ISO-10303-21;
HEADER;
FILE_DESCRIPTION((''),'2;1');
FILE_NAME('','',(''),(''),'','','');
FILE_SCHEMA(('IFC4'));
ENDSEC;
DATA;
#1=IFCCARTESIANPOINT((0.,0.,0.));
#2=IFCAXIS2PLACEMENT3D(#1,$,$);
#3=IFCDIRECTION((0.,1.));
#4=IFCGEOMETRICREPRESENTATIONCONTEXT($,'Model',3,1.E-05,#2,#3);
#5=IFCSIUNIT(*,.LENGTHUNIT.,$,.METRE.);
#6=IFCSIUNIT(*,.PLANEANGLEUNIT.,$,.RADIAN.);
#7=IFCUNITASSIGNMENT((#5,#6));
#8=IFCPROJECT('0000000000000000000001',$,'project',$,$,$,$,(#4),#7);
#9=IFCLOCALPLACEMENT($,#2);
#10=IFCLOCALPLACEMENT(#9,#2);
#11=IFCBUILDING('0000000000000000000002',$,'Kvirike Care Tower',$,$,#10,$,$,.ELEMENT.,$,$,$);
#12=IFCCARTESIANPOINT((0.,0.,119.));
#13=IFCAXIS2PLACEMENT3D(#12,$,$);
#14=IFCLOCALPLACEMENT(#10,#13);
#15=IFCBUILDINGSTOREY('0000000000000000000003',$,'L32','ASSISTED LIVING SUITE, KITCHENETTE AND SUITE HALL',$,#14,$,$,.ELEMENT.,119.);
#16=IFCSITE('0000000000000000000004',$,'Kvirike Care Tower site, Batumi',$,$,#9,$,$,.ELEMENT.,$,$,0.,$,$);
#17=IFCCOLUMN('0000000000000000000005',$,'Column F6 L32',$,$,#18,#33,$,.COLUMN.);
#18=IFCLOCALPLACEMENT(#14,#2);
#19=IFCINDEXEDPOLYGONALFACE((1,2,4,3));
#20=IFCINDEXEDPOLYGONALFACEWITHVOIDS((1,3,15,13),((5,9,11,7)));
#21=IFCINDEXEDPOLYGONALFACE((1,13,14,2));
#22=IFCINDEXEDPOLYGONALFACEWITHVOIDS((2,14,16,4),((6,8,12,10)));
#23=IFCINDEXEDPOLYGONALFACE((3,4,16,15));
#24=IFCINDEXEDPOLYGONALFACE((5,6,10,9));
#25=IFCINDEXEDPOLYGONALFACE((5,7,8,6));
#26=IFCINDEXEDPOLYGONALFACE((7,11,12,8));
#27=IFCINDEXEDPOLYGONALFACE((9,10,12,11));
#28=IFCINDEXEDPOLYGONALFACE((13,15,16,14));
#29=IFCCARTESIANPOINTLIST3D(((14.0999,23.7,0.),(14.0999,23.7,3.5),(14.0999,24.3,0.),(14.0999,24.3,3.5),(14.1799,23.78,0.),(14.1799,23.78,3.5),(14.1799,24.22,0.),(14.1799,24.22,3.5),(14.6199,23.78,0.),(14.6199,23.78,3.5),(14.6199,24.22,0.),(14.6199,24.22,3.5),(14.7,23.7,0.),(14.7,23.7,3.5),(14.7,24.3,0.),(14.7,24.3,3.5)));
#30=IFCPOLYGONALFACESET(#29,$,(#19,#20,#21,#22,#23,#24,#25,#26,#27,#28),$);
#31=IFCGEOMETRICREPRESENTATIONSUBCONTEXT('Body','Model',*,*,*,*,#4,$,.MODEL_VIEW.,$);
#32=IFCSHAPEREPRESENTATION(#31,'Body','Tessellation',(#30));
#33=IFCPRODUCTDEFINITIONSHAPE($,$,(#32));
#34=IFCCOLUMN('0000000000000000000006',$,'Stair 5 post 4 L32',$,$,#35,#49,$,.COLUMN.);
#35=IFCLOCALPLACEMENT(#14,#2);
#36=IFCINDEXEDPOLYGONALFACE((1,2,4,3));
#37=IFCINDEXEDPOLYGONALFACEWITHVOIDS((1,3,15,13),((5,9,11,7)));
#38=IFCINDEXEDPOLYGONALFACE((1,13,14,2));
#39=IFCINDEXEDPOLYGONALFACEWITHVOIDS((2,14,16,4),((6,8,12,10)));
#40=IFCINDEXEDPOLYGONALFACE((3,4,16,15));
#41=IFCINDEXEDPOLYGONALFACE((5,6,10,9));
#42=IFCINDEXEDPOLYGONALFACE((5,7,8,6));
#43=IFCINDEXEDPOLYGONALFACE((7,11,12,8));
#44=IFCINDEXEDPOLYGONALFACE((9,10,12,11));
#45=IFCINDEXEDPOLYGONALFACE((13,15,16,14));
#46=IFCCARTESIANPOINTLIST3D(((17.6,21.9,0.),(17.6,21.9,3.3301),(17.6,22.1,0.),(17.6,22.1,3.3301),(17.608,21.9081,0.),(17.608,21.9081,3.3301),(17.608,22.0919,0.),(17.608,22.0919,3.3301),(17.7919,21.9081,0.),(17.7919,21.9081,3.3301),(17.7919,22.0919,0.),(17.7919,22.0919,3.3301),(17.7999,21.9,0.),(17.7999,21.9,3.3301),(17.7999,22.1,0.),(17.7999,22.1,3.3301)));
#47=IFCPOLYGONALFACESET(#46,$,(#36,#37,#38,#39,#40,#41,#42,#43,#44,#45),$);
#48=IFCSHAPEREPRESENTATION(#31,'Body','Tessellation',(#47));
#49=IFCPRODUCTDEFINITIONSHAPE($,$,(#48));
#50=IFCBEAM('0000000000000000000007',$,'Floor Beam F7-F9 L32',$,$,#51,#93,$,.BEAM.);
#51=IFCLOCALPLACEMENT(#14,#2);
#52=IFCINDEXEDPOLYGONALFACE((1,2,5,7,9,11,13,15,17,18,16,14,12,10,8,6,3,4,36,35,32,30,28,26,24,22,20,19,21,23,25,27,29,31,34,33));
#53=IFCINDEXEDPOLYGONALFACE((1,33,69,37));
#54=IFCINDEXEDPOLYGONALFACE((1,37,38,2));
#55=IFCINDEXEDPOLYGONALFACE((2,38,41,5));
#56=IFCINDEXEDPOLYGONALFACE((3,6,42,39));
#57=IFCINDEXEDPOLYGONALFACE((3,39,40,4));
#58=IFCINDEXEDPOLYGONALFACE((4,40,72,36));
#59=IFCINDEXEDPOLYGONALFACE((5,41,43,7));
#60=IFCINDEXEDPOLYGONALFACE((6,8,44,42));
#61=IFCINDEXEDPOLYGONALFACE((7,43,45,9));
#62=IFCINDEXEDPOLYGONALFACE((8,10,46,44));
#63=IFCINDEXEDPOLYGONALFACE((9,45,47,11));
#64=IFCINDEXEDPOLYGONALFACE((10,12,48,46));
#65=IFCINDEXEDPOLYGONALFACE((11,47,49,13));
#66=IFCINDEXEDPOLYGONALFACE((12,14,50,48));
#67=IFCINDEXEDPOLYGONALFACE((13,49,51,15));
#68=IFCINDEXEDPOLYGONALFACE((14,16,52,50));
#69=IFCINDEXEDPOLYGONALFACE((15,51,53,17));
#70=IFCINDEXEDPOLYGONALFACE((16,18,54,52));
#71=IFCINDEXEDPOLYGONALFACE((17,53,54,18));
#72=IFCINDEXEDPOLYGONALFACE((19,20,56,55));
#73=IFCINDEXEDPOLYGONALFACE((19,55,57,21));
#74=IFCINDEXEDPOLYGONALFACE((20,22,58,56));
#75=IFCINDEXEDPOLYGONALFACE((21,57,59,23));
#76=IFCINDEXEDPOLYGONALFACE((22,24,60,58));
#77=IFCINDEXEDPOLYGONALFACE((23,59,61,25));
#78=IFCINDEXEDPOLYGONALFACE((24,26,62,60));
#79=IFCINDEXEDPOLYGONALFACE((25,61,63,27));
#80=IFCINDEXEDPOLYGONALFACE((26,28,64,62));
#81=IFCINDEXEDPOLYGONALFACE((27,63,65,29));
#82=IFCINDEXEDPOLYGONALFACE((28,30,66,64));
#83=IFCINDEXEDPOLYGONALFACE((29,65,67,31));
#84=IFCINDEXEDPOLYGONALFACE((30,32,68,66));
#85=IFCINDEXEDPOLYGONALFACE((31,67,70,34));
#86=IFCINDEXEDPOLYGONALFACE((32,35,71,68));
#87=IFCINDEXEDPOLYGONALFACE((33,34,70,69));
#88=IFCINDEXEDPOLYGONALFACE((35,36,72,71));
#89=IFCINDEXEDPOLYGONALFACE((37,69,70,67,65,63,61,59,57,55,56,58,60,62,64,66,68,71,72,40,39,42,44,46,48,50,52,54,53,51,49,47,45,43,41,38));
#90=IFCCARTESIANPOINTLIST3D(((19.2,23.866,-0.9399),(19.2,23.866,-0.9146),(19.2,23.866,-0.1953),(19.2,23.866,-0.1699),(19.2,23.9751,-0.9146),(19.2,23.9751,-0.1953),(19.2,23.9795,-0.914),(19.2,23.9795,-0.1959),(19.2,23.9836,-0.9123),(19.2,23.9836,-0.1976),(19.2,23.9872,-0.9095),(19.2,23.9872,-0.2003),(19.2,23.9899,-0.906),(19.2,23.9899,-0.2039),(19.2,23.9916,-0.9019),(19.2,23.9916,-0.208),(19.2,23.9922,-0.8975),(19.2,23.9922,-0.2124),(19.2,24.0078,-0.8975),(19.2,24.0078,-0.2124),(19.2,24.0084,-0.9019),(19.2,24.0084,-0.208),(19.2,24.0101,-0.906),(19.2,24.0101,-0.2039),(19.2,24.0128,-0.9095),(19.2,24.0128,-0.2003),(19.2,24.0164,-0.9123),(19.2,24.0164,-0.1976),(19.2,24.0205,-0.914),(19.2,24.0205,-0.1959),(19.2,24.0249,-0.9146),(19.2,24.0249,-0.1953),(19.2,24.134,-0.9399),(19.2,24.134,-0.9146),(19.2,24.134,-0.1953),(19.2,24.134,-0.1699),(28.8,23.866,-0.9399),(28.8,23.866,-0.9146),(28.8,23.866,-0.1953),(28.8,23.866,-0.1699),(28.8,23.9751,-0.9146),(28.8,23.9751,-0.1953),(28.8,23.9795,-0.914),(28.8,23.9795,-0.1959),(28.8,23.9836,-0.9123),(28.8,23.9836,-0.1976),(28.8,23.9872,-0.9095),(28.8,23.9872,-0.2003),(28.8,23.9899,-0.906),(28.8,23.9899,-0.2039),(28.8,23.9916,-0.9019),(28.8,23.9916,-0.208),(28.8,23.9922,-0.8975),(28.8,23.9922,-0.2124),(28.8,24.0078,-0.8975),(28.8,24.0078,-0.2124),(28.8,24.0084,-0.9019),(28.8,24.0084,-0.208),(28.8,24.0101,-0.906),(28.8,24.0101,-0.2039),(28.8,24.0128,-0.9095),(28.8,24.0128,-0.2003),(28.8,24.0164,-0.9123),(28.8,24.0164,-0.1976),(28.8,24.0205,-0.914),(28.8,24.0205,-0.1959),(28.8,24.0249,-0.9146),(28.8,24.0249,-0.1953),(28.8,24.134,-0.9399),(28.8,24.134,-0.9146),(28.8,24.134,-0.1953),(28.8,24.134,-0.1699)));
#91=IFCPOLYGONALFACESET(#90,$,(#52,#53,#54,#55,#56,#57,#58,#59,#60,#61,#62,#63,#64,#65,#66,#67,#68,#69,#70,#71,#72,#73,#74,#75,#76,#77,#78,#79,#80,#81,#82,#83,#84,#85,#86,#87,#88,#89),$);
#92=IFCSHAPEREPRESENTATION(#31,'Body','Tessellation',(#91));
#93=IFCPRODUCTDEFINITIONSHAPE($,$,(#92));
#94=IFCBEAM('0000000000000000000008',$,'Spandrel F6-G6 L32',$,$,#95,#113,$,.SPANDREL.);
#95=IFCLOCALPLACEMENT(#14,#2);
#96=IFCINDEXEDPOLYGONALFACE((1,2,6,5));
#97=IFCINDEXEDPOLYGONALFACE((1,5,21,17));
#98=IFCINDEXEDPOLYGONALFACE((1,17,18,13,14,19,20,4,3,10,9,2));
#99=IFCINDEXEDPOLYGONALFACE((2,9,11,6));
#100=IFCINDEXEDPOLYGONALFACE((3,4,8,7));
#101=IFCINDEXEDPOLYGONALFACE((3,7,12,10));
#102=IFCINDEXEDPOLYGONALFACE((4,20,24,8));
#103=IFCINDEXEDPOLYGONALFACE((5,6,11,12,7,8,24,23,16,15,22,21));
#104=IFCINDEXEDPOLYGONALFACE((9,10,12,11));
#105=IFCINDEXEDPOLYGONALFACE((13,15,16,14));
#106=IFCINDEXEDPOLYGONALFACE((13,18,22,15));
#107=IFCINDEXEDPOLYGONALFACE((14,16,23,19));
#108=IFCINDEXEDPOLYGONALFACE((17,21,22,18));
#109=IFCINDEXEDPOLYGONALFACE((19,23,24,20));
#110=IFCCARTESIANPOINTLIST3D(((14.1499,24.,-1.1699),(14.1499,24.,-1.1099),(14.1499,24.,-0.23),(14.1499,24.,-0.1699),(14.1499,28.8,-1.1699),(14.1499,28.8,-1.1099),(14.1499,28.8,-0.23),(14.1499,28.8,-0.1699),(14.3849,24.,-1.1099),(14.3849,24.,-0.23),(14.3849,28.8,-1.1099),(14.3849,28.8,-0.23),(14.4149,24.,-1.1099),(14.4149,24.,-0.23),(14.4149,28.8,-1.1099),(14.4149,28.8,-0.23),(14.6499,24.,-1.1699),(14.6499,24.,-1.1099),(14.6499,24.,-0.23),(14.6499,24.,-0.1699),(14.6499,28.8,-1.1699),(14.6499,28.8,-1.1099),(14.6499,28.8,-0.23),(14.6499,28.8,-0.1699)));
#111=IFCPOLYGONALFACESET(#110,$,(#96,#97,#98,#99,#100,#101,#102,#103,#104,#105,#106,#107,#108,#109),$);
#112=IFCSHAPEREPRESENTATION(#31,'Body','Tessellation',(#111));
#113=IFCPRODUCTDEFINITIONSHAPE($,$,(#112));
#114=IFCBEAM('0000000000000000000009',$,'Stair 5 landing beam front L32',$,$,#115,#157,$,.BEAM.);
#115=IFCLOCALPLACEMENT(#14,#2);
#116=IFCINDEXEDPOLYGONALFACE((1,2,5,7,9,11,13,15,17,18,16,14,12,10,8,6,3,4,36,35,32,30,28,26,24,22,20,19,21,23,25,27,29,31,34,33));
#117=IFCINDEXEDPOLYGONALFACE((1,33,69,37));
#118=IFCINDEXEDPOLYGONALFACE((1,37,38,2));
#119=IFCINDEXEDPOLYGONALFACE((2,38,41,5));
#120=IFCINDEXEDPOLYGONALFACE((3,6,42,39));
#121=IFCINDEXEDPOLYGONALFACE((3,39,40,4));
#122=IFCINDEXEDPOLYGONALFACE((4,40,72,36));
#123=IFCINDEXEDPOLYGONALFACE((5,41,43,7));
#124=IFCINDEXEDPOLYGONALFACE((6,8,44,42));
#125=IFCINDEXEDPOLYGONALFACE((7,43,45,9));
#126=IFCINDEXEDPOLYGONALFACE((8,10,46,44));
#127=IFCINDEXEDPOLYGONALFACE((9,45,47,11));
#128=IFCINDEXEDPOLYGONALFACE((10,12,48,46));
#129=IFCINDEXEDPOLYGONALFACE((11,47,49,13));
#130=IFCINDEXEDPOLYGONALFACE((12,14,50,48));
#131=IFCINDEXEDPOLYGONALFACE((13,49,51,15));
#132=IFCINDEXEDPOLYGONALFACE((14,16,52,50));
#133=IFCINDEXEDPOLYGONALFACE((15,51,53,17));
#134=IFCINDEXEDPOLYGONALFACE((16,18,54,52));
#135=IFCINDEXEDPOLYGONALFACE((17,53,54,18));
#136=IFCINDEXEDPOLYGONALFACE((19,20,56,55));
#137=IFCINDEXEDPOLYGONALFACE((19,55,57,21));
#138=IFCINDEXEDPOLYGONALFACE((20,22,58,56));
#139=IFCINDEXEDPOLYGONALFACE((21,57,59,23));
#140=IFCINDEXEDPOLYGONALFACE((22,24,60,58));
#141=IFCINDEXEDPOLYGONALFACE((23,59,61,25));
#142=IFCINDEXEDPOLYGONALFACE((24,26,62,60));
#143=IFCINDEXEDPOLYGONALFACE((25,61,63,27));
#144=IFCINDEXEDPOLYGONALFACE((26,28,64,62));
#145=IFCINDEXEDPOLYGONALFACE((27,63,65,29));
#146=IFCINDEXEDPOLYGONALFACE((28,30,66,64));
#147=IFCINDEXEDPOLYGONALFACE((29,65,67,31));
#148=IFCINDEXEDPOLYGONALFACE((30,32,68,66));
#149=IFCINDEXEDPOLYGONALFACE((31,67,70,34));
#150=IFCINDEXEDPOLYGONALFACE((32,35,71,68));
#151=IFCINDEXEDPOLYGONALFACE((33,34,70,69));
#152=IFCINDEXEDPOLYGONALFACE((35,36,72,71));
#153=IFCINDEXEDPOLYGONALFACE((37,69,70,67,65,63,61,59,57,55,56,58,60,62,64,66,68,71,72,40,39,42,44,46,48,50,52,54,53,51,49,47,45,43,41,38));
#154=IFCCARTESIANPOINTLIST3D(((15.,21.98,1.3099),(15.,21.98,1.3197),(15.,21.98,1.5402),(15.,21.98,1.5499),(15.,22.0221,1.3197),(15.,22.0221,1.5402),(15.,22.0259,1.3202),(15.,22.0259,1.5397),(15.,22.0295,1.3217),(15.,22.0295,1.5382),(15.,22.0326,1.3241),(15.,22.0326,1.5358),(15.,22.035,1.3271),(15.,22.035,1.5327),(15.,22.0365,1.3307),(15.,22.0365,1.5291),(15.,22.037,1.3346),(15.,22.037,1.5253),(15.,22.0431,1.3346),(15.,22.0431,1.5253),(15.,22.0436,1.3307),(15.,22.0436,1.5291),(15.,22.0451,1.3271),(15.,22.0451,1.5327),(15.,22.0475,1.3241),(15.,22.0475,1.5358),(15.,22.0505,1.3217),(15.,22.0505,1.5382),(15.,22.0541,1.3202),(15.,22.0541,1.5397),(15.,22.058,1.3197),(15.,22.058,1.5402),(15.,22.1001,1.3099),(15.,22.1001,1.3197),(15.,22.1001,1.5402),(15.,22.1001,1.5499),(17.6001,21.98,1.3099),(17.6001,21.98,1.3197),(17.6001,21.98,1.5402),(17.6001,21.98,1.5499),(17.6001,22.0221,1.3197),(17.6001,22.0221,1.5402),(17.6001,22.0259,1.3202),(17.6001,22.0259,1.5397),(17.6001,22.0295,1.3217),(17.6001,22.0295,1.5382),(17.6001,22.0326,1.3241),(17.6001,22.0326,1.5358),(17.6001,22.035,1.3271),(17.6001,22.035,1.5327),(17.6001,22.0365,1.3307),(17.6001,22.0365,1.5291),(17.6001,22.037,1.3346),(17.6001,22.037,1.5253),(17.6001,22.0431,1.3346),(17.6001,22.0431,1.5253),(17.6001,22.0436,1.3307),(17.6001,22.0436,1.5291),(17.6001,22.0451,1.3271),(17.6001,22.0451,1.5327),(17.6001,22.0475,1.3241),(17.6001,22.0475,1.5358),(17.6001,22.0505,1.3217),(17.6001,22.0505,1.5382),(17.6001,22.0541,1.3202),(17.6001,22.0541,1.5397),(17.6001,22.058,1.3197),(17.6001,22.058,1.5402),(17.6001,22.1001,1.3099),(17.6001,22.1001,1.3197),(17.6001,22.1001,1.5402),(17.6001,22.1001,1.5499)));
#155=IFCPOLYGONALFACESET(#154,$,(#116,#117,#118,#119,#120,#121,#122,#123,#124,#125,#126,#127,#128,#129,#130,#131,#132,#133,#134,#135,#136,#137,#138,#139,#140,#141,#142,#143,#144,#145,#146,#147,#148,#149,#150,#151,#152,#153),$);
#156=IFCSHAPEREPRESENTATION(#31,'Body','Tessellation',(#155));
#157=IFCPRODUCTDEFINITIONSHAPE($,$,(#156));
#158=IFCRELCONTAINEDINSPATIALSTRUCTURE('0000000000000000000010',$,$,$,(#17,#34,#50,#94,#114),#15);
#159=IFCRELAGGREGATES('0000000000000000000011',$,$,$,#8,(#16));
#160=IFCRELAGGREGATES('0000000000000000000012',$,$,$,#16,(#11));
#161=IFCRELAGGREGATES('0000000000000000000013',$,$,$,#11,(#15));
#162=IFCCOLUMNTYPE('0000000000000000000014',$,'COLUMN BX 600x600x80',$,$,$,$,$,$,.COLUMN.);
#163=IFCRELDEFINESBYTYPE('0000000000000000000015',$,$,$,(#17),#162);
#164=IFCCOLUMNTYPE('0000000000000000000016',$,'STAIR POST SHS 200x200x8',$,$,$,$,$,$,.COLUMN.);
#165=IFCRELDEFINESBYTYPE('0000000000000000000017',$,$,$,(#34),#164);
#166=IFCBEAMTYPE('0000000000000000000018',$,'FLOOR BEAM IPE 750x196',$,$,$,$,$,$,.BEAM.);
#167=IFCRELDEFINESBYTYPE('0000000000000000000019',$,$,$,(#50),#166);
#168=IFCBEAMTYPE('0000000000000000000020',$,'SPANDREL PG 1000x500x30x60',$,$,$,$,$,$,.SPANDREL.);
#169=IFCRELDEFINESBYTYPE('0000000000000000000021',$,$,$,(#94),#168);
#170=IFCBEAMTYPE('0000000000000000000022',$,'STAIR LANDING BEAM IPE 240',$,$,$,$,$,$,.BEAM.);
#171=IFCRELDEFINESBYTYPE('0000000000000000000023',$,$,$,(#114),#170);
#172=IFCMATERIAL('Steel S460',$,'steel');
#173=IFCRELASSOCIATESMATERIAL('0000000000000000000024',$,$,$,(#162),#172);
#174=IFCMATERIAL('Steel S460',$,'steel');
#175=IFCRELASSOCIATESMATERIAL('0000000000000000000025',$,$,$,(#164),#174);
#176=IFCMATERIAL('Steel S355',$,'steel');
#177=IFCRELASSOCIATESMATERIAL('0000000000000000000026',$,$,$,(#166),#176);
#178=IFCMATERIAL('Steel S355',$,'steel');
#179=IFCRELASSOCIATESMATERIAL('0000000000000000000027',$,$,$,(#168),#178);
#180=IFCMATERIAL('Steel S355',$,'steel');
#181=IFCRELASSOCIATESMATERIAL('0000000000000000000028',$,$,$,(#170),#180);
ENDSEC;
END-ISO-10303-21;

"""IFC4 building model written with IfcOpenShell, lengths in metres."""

from ifc_helpers import new_model, si_unit, direction, frame, origin, origin_2d, place, context, subcontext, project, spatial, hollow_rectangle, i_section, extrude, material, material_profile, profile_set, type_object, element, save


model = new_model("IFC4")

# Units and contexts
model_context = context("Model", 3, precision=1e-05, world=origin(), true_north=direction((0.0, 1.0)))
body_context = subcontext(model_context, "Body", "Model", "MODEL_VIEW")
ifc_project = project(units=[si_unit("LENGTHUNIT", "METRE"), si_unit("PLANEANGLEUNIT", "RADIAN")], contexts=[model_context])

# Site, building, storey
site_placement = place(None, origin())
site = spatial("IfcSite", under=ifc_project, at=site_placement, Name="Kvirike Care Tower site, Batumi", CompositionType="ELEMENT", RefElevation=0.0)
building_placement = place(site_placement, origin())
building = spatial("IfcBuilding", under=site, at=building_placement, Name="Kvirike Care Tower", CompositionType="ELEMENT")
storey_placement = place(building_placement, frame((0.0, 0.0, 119.0)))
storey = spatial("IfcBuildingStorey", under=building, at=storey_placement, Name="L32", Description="ASSISTED LIVING SUITE, KITCHENETTE AND SUITE HALL", CompositionType="ELEMENT", Elevation=119.0)

# Columns
ifc_material_1 = material(Name="Steel S460", Category="steel")
ifc_material_profile_1 = material_profile(ifc_material_1, hollow_rectangle(XDim=0.6001, YDim=0.6001, WallThickness=0.0801, at=origin_2d()), Name="BX 600x600x80")
ifc_profile_set_1 = profile_set([ifc_material_profile_1], Name="Steel S460")
column_type_1 = type_object("IfcColumnType", Name="COLUMN BX 600x600x80", PredefinedType="COLUMN", material=ifc_profile_set_1)
column_1_placement = place(storey_placement, frame((14.3999, 24.0, 0.0), z_axis=(0.0, 0.0, 1.0), x_axis=(1.0, 0.0, 0.0)))
element("IfcColumn", 1, at=column_1_placement, inside=storey, type_object=column_type_1, Name="Column F6 L32", PredefinedType="COLUMN", context=body_context, shape_type="SweptSolid", body=[
    extrude(hollow_rectangle(XDim=0.6001, YDim=0.6001, WallThickness=0.0801, at=origin_2d()), origin(), (0.0, 0.0, 1.0), 3.5),
])
ifc_material_2 = material(Name="Steel S460", Category="steel")
ifc_material_profile_2 = material_profile(ifc_material_2, hollow_rectangle(XDim=0.2, YDim=0.2, WallThickness=0.0081, at=origin_2d()), Name="SHS 200x200x8")
ifc_profile_set_2 = profile_set([ifc_material_profile_2], Name="Steel S460")
column_type_2 = type_object("IfcColumnType", Name="STAIR POST SHS 200x200x8", PredefinedType="COLUMN", material=ifc_profile_set_2)
column_2_placement = place(storey_placement, frame((17.7, 22.0, 0.0), z_axis=(0.0, 0.0, 1.0), x_axis=(1.0, 0.0, 0.0)))
element("IfcColumn", 2, at=column_2_placement, inside=storey, type_object=column_type_2, Name="Stair 5 post 4 L32", PredefinedType="COLUMN", context=body_context, shape_type="SweptSolid", body=[
    extrude(hollow_rectangle(XDim=0.2, YDim=0.2, WallThickness=0.0081, at=origin_2d()), origin(), (0.0, 0.0, 1.0), 3.3301),
])

# Beams
ifc_material_3 = material(Name="Steel S355", Category="steel")
ifc_material_profile_3 = material_profile(ifc_material_3, i_section(OverallWidth=0.2681, OverallDepth=0.77, WebThickness=0.0156, FlangeThickness=0.0254, FilletRadius=0.0171, at=origin_2d()), Name="IPE 750x196")
ifc_profile_set_3 = profile_set([ifc_material_profile_3], Name="Steel S355")
beam_type_1 = type_object("IfcBeamType", Name="FLOOR BEAM IPE 750x196", PredefinedType="BEAM", material=ifc_profile_set_3)
beam_1_placement = place(storey_placement, frame((19.2, 24.0, -0.5549), z_axis=(1.0, 0.0, 0.0), x_axis=(0.0, 1.0, 0.0)))
element("IfcBeam", 3, at=beam_1_placement, inside=storey, type_object=beam_type_1, Name="Floor Beam F7-F9 L32", PredefinedType="BEAM", context=body_context, shape_type="SweptSolid", body=[
    extrude(i_section(OverallWidth=0.2681, OverallDepth=0.77, WebThickness=0.0156, FlangeThickness=0.0254, FilletRadius=0.0171, at=origin_2d()), origin(), (0.0, 0.0, 1.0), 9.6001),
])
ifc_material_4 = material(Name="Steel S355", Category="steel")
ifc_material_profile_4 = material_profile(ifc_material_4, i_section(OverallWidth=0.5, OverallDepth=1.0, WebThickness=0.03, FlangeThickness=0.0601, at=origin_2d()), Name="PG 1000x500x30x60")
ifc_profile_set_4 = profile_set([ifc_material_profile_4], Name="Steel S355")
beam_type_2 = type_object("IfcBeamType", Name="SPANDREL PG 1000x500x30x60", PredefinedType="SPANDREL", material=ifc_profile_set_4)
beam_2_placement = place(storey_placement, frame((14.3999, 24.0, -0.6699), z_axis=(0.0, 1.0, 0.0), x_axis=(-1.0, 0.0, 0.0)))
element("IfcBeam", 4, at=beam_2_placement, inside=storey, type_object=beam_type_2, Name="Spandrel F6-G6 L32", PredefinedType="SPANDREL", context=body_context, shape_type="SweptSolid", body=[
    extrude(i_section(OverallWidth=0.5, OverallDepth=1.0, WebThickness=0.03, FlangeThickness=0.0601, at=origin_2d()), origin(), (0.0, 0.0, 1.0), 4.8),
])
ifc_material_5 = material(Name="Steel S355", Category="steel")
ifc_material_profile_5 = material_profile(ifc_material_5, i_section(OverallWidth=0.1201, OverallDepth=0.24, WebThickness=0.0061, FlangeThickness=0.0098, FilletRadius=0.0149, at=origin_2d()), Name="IPE 240")
ifc_profile_set_5 = profile_set([ifc_material_profile_5], Name="Steel S355")
beam_type_3 = type_object("IfcBeamType", Name="STAIR LANDING BEAM IPE 240", PredefinedType="BEAM", material=ifc_profile_set_5)
beam_3_placement = place(storey_placement, frame((15.0, 22.04, 1.4299), z_axis=(1.0, 0.0, 0.0), x_axis=(0.0, 1.0, 0.0)))
element("IfcBeam", 5, at=beam_3_placement, inside=storey, type_object=beam_type_3, Name="Stair 5 landing beam front L32", PredefinedType="BEAM", context=body_context, shape_type="SweptSolid", body=[
    extrude(i_section(OverallWidth=0.1201, OverallDepth=0.24, WebThickness=0.0061, FlangeThickness=0.0098, FilletRadius=0.0149, at=origin_2d()), origin(), (0.0, 0.0, 1.0), 2.6001),
])

save(model, "model.ifc")
